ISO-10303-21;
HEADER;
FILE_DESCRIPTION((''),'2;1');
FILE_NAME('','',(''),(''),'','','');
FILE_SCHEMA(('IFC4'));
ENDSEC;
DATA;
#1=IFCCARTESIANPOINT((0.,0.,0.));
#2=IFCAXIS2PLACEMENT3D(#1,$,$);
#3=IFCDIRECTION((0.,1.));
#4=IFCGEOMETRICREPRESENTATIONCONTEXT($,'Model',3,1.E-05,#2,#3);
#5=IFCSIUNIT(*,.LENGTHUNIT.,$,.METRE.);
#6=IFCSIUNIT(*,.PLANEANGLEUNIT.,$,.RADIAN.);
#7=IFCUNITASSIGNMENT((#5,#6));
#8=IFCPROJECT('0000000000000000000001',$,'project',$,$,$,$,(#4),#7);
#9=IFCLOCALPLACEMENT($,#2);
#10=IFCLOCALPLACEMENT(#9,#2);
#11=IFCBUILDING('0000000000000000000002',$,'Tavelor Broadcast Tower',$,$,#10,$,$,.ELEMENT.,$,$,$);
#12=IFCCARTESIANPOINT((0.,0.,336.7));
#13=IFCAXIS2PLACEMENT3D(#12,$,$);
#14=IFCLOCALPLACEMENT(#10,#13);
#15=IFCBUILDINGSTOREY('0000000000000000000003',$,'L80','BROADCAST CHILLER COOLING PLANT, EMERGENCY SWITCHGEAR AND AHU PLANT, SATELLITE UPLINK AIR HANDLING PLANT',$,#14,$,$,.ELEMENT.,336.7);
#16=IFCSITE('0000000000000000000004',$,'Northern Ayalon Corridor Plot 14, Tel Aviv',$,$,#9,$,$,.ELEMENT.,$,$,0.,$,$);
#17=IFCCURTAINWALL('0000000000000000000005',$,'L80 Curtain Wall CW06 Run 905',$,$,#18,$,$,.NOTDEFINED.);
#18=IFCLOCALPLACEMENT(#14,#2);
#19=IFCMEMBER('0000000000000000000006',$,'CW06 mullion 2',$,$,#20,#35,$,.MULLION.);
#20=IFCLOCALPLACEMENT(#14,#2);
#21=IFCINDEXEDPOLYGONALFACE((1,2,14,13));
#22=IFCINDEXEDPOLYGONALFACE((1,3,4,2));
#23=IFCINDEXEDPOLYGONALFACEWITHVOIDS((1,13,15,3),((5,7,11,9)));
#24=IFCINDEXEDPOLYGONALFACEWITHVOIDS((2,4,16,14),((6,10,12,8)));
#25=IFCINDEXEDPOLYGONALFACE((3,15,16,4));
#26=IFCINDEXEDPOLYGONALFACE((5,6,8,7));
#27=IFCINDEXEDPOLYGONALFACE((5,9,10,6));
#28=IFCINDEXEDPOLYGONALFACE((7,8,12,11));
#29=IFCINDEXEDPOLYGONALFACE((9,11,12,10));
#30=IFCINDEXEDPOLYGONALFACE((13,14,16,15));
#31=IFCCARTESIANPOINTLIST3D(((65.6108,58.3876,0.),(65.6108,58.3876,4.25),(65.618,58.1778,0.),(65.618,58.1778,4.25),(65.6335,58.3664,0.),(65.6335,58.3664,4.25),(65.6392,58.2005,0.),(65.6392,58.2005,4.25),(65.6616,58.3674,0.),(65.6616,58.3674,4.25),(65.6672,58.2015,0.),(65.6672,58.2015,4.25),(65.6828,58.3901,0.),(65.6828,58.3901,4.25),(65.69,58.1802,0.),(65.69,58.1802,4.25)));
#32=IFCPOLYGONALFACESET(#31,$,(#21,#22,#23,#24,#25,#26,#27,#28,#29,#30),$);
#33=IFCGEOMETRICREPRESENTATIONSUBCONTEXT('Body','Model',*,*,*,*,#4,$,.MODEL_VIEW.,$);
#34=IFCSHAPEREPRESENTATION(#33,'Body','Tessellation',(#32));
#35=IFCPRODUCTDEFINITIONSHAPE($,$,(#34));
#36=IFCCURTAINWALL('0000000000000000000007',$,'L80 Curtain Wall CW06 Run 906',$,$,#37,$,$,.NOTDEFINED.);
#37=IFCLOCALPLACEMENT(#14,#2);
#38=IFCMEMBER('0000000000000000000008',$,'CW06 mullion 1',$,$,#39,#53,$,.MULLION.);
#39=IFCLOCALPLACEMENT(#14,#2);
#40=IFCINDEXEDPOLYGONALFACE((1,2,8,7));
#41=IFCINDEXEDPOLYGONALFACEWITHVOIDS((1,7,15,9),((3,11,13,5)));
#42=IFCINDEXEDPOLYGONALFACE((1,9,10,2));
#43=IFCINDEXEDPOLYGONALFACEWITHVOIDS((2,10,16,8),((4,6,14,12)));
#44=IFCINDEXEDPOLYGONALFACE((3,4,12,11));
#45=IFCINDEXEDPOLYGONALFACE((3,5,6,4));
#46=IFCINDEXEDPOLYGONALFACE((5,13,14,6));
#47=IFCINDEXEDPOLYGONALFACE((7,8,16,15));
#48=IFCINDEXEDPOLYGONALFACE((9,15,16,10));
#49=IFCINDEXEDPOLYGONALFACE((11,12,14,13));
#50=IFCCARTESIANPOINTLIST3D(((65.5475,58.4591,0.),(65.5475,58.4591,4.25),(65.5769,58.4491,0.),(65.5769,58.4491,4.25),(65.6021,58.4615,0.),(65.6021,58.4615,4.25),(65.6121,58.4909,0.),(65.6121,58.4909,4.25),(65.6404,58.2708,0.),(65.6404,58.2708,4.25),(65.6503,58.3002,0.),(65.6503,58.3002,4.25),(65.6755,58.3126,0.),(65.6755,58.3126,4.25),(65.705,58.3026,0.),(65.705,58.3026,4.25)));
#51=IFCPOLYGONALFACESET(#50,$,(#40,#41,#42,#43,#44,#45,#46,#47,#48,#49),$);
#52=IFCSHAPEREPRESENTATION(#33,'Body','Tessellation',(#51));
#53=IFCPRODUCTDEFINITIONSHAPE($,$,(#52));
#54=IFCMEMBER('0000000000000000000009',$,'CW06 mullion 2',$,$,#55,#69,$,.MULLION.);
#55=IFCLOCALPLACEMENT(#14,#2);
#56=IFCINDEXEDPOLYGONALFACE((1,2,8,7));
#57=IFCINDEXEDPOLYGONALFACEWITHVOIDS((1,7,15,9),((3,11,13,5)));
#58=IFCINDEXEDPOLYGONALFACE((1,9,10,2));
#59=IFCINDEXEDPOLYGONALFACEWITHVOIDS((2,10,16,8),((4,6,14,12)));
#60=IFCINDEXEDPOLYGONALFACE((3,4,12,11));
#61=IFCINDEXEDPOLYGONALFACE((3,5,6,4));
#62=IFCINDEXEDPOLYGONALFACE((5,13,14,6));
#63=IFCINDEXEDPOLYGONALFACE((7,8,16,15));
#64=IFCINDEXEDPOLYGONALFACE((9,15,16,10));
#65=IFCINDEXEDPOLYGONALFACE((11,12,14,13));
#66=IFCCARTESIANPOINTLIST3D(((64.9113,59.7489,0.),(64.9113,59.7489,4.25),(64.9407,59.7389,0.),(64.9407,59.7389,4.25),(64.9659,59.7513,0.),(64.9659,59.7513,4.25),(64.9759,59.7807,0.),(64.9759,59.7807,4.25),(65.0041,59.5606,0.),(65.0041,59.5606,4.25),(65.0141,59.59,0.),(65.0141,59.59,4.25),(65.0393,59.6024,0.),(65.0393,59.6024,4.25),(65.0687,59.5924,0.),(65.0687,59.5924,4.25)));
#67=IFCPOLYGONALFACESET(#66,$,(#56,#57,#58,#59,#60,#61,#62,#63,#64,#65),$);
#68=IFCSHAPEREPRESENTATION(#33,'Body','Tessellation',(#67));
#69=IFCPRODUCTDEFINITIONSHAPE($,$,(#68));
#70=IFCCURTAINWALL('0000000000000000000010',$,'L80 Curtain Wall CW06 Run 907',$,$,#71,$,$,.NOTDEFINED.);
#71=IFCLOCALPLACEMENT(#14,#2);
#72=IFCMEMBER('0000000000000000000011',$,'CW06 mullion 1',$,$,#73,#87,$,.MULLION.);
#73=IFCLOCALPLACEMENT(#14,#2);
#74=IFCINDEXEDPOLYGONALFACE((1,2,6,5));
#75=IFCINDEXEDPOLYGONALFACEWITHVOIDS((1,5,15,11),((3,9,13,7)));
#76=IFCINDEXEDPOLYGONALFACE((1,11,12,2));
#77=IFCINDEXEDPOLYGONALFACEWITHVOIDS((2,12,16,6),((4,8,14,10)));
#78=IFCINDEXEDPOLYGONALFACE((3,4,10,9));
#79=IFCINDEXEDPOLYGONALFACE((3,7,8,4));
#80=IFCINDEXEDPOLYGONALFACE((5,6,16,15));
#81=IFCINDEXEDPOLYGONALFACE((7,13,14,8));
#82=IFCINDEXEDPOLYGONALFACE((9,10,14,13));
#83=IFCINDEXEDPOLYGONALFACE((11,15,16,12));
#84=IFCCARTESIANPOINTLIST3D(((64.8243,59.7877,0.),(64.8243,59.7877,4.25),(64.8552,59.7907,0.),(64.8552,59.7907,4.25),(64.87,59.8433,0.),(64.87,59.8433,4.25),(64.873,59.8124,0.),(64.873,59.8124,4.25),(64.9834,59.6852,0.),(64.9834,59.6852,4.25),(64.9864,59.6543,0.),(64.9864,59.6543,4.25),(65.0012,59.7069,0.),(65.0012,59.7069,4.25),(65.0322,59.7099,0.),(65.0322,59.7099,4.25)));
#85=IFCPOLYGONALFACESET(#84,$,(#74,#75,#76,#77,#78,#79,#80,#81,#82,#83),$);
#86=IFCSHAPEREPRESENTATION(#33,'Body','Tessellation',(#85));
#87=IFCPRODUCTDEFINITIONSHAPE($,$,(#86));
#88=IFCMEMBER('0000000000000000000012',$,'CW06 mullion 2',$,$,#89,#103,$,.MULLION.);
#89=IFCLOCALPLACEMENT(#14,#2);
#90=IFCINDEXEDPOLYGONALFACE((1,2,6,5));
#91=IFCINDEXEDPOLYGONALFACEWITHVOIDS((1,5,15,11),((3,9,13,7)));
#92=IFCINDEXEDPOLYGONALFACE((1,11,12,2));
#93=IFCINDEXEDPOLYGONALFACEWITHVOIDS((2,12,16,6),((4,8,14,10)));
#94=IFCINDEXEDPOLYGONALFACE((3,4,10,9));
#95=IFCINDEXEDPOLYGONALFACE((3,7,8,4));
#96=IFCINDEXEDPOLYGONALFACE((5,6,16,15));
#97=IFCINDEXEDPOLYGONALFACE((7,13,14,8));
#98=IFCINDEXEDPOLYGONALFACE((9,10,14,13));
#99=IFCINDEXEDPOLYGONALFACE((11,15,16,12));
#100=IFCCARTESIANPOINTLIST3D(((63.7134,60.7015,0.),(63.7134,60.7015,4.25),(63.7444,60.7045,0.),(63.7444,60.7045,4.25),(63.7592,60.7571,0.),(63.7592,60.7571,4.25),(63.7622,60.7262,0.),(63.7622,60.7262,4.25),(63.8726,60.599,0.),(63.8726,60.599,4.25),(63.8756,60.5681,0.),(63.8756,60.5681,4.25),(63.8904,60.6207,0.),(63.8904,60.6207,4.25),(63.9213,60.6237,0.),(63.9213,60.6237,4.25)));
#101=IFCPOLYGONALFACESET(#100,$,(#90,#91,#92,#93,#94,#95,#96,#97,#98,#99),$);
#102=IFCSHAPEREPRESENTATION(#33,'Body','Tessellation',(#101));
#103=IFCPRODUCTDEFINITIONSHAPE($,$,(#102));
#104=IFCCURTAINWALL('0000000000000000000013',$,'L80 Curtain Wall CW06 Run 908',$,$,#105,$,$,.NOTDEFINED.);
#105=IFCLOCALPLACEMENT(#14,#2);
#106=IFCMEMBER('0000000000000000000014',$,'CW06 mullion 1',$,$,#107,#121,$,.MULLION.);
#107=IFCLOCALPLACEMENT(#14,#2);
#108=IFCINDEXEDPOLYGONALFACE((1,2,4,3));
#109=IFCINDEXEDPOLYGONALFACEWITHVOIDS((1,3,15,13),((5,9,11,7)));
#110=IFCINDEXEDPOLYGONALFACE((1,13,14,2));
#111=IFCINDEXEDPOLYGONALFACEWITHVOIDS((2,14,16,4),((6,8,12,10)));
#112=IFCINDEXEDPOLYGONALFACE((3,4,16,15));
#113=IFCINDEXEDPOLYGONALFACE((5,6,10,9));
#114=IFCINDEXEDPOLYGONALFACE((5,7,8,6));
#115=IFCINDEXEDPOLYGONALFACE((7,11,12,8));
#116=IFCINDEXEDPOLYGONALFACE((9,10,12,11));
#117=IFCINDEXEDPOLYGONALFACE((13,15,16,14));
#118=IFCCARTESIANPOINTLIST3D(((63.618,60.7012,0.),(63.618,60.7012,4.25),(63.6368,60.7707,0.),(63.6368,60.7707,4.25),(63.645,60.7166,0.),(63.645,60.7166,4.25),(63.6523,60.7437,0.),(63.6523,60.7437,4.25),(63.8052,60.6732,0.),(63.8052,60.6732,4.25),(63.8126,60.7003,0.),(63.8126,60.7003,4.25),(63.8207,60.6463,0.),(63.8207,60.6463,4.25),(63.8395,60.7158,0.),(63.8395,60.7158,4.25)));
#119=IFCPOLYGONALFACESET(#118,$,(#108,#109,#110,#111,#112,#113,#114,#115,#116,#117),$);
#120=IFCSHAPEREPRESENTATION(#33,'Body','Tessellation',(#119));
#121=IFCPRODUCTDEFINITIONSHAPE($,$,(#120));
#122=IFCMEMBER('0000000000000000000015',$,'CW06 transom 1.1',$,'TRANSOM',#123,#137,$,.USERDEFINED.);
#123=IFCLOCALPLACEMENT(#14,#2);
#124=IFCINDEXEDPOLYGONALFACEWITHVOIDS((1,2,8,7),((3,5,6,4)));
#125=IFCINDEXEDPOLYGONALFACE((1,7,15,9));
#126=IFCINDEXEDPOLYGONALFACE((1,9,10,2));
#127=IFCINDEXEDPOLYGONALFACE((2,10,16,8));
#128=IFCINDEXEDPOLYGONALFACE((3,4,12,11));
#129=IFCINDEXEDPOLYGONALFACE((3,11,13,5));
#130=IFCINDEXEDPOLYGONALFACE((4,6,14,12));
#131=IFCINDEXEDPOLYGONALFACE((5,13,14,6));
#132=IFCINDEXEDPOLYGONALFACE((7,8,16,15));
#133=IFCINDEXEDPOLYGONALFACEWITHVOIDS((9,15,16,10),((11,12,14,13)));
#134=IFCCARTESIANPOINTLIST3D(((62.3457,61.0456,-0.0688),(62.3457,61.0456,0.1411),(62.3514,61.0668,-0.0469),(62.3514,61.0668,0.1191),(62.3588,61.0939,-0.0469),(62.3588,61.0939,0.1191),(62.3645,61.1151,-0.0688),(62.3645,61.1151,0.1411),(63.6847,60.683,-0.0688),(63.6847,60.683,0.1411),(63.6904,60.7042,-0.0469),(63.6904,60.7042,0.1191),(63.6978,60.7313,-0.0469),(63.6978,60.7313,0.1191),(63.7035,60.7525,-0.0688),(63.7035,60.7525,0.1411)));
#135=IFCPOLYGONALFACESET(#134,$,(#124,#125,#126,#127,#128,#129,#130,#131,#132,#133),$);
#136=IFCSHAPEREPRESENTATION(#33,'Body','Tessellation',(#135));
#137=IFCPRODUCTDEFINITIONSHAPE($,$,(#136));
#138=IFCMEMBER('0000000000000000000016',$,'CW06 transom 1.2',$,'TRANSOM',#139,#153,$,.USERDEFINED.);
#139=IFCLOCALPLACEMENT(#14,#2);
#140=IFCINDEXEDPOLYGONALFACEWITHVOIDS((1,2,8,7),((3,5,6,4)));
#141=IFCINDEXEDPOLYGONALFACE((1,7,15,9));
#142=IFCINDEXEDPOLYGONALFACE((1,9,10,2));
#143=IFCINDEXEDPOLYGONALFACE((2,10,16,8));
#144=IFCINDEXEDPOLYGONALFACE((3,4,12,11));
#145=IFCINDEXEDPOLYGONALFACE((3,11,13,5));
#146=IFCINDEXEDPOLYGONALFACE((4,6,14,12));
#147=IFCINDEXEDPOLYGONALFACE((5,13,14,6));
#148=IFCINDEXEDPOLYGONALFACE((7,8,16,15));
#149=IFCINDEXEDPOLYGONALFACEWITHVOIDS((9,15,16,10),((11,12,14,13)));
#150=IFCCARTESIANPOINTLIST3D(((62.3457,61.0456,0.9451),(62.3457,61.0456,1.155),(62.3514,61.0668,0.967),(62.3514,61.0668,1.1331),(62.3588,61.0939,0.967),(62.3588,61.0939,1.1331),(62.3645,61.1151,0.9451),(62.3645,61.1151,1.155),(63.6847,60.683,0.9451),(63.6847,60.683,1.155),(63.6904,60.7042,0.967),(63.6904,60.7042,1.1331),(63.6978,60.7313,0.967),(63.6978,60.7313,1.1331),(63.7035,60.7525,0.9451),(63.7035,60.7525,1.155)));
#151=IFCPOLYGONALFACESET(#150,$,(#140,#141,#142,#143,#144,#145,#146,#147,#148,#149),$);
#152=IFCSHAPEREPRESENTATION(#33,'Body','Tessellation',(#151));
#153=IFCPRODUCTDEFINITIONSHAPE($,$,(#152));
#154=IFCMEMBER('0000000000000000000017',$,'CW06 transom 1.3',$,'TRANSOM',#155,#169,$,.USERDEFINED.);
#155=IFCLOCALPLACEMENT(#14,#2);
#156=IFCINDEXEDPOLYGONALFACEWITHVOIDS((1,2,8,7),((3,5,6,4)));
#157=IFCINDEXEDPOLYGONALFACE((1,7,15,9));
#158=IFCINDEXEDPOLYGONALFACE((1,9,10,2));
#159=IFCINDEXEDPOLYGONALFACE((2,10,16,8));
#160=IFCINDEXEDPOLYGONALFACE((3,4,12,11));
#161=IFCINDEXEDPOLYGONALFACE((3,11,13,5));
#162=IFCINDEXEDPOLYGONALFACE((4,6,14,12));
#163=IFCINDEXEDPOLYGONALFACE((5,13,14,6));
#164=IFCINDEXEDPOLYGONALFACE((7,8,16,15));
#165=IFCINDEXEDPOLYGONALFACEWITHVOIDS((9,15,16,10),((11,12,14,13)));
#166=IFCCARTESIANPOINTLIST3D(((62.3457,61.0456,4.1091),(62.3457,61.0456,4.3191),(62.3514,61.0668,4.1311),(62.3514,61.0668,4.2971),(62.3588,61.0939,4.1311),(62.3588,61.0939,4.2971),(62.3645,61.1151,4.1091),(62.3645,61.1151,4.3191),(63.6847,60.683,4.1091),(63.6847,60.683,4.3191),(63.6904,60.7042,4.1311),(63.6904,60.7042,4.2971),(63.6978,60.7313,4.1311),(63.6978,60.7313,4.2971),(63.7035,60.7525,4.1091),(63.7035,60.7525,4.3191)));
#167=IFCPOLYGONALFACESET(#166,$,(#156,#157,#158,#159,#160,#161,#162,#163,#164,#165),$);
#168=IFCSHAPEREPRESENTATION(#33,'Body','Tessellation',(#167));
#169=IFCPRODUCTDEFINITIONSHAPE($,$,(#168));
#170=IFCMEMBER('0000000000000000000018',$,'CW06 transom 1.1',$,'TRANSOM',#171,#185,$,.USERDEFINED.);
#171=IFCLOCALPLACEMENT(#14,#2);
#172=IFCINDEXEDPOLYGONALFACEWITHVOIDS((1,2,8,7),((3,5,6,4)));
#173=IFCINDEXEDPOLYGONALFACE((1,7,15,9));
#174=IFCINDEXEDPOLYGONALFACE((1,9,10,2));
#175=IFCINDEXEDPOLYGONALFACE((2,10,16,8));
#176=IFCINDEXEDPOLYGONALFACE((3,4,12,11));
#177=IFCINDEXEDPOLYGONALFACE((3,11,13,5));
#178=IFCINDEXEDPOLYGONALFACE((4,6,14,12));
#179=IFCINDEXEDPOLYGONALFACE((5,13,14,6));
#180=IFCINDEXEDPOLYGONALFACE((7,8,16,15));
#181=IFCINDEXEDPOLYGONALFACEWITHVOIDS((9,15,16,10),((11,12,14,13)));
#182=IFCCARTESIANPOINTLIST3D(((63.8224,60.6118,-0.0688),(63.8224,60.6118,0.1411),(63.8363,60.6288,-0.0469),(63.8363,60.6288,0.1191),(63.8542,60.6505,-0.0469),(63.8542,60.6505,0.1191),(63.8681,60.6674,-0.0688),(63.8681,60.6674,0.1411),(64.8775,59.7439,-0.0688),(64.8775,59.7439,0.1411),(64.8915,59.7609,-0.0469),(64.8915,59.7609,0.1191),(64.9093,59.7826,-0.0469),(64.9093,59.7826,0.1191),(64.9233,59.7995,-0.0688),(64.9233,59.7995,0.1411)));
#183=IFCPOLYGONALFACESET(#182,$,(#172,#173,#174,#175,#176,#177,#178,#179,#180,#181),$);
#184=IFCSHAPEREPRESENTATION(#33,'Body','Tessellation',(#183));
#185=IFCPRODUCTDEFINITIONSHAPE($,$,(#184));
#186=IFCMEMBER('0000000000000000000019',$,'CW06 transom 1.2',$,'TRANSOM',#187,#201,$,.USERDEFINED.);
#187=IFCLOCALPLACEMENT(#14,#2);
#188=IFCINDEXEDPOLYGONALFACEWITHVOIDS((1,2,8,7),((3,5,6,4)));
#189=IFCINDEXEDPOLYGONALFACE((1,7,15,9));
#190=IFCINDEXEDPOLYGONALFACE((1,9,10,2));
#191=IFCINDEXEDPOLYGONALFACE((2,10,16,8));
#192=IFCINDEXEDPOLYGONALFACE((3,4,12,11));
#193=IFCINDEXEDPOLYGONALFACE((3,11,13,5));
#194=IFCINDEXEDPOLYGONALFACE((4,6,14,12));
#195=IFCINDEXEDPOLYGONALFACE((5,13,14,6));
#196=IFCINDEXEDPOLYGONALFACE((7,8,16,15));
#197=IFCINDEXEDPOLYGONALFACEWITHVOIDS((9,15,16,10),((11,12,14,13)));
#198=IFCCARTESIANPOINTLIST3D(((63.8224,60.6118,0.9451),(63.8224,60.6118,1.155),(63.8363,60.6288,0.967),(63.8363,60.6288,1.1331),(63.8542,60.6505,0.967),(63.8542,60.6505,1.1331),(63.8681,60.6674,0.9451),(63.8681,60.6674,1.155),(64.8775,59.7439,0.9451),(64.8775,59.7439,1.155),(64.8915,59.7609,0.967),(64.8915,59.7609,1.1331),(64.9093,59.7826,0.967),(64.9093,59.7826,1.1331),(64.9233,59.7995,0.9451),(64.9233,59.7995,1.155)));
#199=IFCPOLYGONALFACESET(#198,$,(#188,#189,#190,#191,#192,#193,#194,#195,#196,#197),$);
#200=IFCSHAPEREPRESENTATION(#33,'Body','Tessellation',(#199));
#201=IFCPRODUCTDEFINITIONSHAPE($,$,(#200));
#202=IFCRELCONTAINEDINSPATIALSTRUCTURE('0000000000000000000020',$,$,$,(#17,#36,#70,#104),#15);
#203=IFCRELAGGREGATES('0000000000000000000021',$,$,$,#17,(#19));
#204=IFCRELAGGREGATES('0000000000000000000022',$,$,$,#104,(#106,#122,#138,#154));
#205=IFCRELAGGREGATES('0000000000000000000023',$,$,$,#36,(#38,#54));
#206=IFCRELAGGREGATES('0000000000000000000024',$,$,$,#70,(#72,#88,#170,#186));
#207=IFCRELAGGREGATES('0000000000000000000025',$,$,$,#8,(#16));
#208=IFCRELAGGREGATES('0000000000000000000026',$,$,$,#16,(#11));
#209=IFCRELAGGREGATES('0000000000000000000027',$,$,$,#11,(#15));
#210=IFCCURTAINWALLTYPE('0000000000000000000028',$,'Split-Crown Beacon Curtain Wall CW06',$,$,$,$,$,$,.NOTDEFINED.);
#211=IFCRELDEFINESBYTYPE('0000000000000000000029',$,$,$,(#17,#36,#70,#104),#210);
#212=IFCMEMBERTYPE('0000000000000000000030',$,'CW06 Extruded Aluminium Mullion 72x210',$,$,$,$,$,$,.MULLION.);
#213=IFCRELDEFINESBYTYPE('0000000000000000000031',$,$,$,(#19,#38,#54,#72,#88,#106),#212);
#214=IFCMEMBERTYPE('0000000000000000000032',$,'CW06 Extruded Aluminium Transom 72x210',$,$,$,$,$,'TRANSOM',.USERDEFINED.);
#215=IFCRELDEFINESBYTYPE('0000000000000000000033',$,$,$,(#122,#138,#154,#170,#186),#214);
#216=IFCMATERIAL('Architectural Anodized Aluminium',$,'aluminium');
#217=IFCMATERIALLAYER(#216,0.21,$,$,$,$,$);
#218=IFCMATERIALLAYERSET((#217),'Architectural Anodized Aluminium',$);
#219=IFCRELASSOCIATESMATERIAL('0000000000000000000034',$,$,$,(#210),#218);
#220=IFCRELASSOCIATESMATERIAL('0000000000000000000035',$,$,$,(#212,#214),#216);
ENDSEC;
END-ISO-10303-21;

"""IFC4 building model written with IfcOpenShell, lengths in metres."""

from ifc_helpers import new_model, si_unit, direction, frame, origin, origin_2d, place, context, subcontext, project, spatial, hollow_rectangle, extrude, source, transform, mapped, material, layer, layer_set, material_profile, profile_set, type_object, type_shapes, element, aggregate, save


model = new_model("IFC4")

# Units and contexts
model_context = context("Model", 3, precision=1e-05, world=origin(), true_north=direction((0.0, 1.0)))
body_context = subcontext(model_context, "Body", "Model", "MODEL_VIEW")
ifc_project = project(units=[si_unit("LENGTHUNIT", "METRE"), si_unit("PLANEANGLEUNIT", "RADIAN")], contexts=[model_context])

# Site, building, storey
site_placement = place(None, origin())
site = spatial("IfcSite", under=ifc_project, at=site_placement, Name="Northern Ayalon Corridor Plot 14, Tel Aviv", CompositionType="ELEMENT", RefElevation=0.0)
building_placement = place(site_placement, origin())
building = spatial("IfcBuilding", under=site, at=building_placement, Name="Tavelor Broadcast Tower", CompositionType="ELEMENT")
storey_placement = place(building_placement, frame((0.0, 0.0, 336.7)))
storey = spatial("IfcBuildingStorey", under=building, at=storey_placement, Name="L80", Description="BROADCAST CHILLER COOLING PLANT, EMERGENCY SWITCHGEAR AND AHU PLANT, SATELLITE UPLINK AIR HANDLING PLANT", CompositionType="ELEMENT", Elevation=336.7)

# Curtain wall, member
ifc_material_1 = material(Name="Architectural Anodized Aluminium", Category="aluminium")
ifc_layer_1 = layer(ifc_material_1, 0.21)
ifc_layer_set_1 = layer_set([ifc_layer_1], Name="Architectural Anodized Aluminium")
curtain_wall_type = type_object("IfcCurtainWallType", Name="Split-Crown Beacon Curtain Wall CW06", PredefinedType="NOTDEFINED", material=ifc_layer_set_1)
curtain_wall_1_placement = place(storey_placement, origin())
curtain_wall_1 = element("IfcCurtainWall", 1, at=curtain_wall_1_placement, inside=storey, type_object=curtain_wall_type, Name="L80 Curtain Wall CW06 Run 905", PredefinedType="NOTDEFINED")
ifc_material_profile_1 = material_profile(ifc_material_1, hollow_rectangle(XDim=0.072, YDim=0.21, WallThickness=0.022, at=origin_2d()), Name="RHS 72x210x22")
ifc_profile_set_1 = profile_set([ifc_material_profile_1], Name="Architectural Anodized Aluminium")
member_type_1 = type_object("IfcMemberType", Name="CW06 Extruded Aluminium Mullion 72x210", PredefinedType="MULLION", material=ifc_profile_set_1)
shared_shape_1 = source(origin(), body_context, "Body", "SweptSolid", [
    extrude(hollow_rectangle(XDim=0.072, YDim=0.21, WallThickness=0.022, at=origin_2d()), origin(), (0.0, 0.0, 1.0), 4.25),
])
type_shapes(member_type_1, [shared_shape_1])
member_1_placement = place(storey_placement, frame((65.6504, 58.2839, 0.0), z_axis=(0.0, 0.0, 1.0), x_axis=(-0.999421, -0.034028, 0.0)))
member_1 = element("IfcMember", 2, at=member_1_placement, type_object=member_type_1, Name="CW06 mullion 2", PredefinedType="MULLION", context=body_context, shape_type="MappedRepresentation", body=[
    mapped(shared_shape_1, transform((0.0, 0.0, 0.0), scale=1.0)),
])
aggregate(curtain_wall_1, [member_1])

# Curtain walls, members
curtain_wall_2_placement = place(storey_placement, origin())
curtain_wall_2 = element("IfcCurtainWall", 3, at=curtain_wall_2_placement, inside=storey, type_object=curtain_wall_type, Name="L80 Curtain Wall CW06 Run 906", PredefinedType="NOTDEFINED")
member_2_placement = place(storey_placement, frame((65.6262, 58.3809, 0.0), z_axis=(0.0, 0.0, 1.0), x_axis=(-0.896851, -0.442333, 0.0)))
member_2 = element("IfcMember", 4, at=member_2_placement, type_object=member_type_1, Name="CW06 mullion 1", PredefinedType="MULLION", context=body_context, shape_type="MappedRepresentation", body=[
    mapped(shared_shape_1, transform((0.0, 0.0, 0.0), scale=1.0)),
])
member_3_placement = place(storey_placement, frame((64.99, 59.6707, 0.0), z_axis=(0.0, 0.0, 1.0), x_axis=(-0.896851, -0.442333, 0.0)))
member_3 = element("IfcMember", 5, at=member_3_placement, type_object=member_type_1, Name="CW06 mullion 2", PredefinedType="MULLION", context=body_context, shape_type="MappedRepresentation", body=[
    mapped(shared_shape_1, transform((0.0, 0.0, 0.0), scale=1.0)),
])
curtain_wall_3_placement = place(storey_placement, origin())
curtain_wall_3 = element("IfcCurtainWall", 6, at=curtain_wall_3_placement, inside=storey, type_object=curtain_wall_type, Name="L80 Curtain Wall CW06 Run 907", PredefinedType="NOTDEFINED")
member_4_placement = place(storey_placement, frame((64.9282, 59.7488, 0.0), z_axis=(0.0, 0.0, 1.0), x_axis=(-0.635392, -0.77219, 0.0)))
member_4 = element("IfcMember", 7, at=member_4_placement, type_object=member_type_1, Name="CW06 mullion 1", PredefinedType="MULLION", context=body_context, shape_type="MappedRepresentation", body=[
    mapped(shared_shape_1, transform((0.0, 0.0, 0.0), scale=1.0)),
])
member_5_placement = place(storey_placement, frame((63.8174, 60.6626, 0.0), z_axis=(0.0, 0.0, 1.0), x_axis=(-0.635392, -0.77219, 0.0)))
member_5 = element("IfcMember", 8, at=member_5_placement, type_object=member_type_1, Name="CW06 mullion 2", PredefinedType="MULLION", context=body_context, shape_type="MappedRepresentation", body=[
    mapped(shared_shape_1, transform((0.0, 0.0, 0.0), scale=1.0)),
])
curtain_wall_4_placement = place(storey_placement, origin())
curtain_wall_4 = element("IfcCurtainWall", 9, at=curtain_wall_4_placement, inside=storey, type_object=curtain_wall_type, Name="L80 Curtain Wall CW06 Run 908", PredefinedType="NOTDEFINED")
member_6_placement = place(storey_placement, frame((63.7288, 60.7085, 0.0), z_axis=(0.0, 0.0, 1.0), x_axis=(-0.261376, -0.965237, 0.0)))
member_6 = element("IfcMember", 10, at=member_6_placement, type_object=member_type_1, Name="CW06 mullion 1", PredefinedType="MULLION", context=body_context, shape_type="MappedRepresentation", body=[
    mapped(shared_shape_1, transform((0.0, 0.0, 0.0), scale=1.0)),
])
ifc_material_profile_2 = material_profile(ifc_material_1, hollow_rectangle(XDim=0.072, YDim=0.21, WallThickness=0.022, at=origin_2d()), Name="RHS 72x210x22")
ifc_profile_set_2 = profile_set([ifc_material_profile_2], Name="Architectural Anodized Aluminium")
member_type_2 = type_object("IfcMemberType", Name="CW06 Extruded Aluminium Transom 72x210", ElementType="TRANSOM", PredefinedType="USERDEFINED", material=ifc_profile_set_2)
shared_shape_2 = source(origin(), body_context, "Body", "SweptSolid", [
    extrude(hollow_rectangle(XDim=0.072, YDim=0.21, WallThickness=0.022, at=origin_2d()), origin(), (0.0, 0.0, 1.0), 1.3872),
])
member_7_placement = place(storey_placement, frame((63.6941, 60.7178, 0.0361), z_axis=(-0.965237, 0.261374, 0.0), x_axis=(-0.261374, -0.965237, 0.0)))
member_7 = element("IfcMember", 11, at=member_7_placement, type_object=member_type_2, Name="CW06 transom 1.1", ObjectType="TRANSOM", PredefinedType="USERDEFINED", context=body_context, shape_type="MappedRepresentation", body=[
    mapped(shared_shape_2, transform((0.0, 0.0, 0.0), scale=1.0)),
])
member_8_placement = place(storey_placement, frame((63.6941, 60.7178, 1.05), z_axis=(-0.965237, 0.261374, 0.0), x_axis=(-0.261374, -0.965237, 0.0)))
member_8 = element("IfcMember", 12, at=member_8_placement, type_object=member_type_2, Name="CW06 transom 1.2", ObjectType="TRANSOM", PredefinedType="USERDEFINED", context=body_context, shape_type="MappedRepresentation", body=[
    mapped(shared_shape_2, transform((0.0, 0.0, 0.0), scale=1.0)),
])
member_9_placement = place(storey_placement, frame((63.6941, 60.7178, 4.2141), z_axis=(-0.965237, 0.261374, 0.0), x_axis=(-0.261374, -0.965237, 0.0)))
member_9 = element("IfcMember", 13, at=member_9_placement, type_object=member_type_2, Name="CW06 transom 1.3", ObjectType="TRANSOM", PredefinedType="USERDEFINED", context=body_context, shape_type="MappedRepresentation", body=[
    mapped(shared_shape_2, transform((0.0, 0.0, 0.0), scale=1.0)),
])

# Members
shared_shape_3 = source(origin(), body_context, "Body", "SweptSolid", [
    extrude(hollow_rectangle(XDim=0.072, YDim=0.21, WallThickness=0.022, at=origin_2d()), origin(), (0.0, 0.0, 1.0), 1.3662),
])
member_10_placement = place(storey_placement, frame((64.9004, 59.7717, 0.0361), z_axis=(-0.772307, 0.63525, 0.0), x_axis=(-0.63525, -0.772307, 0.0)))
member_10 = element("IfcMember", 14, at=member_10_placement, type_object=member_type_2, Name="CW06 transom 1.1", ObjectType="TRANSOM", PredefinedType="USERDEFINED", context=body_context, shape_type="MappedRepresentation", body=[
    mapped(shared_shape_3, transform((0.0, 0.0, 0.0), scale=1.0)),
])
member_11_placement = place(storey_placement, frame((64.9004, 59.7717, 1.05), z_axis=(-0.772307, 0.63525, 0.0), x_axis=(-0.63525, -0.772307, 0.0)))
member_11 = element("IfcMember", 15, at=member_11_placement, type_object=member_type_2, Name="CW06 transom 1.2", ObjectType="TRANSOM", PredefinedType="USERDEFINED", context=body_context, shape_type="MappedRepresentation", body=[
    mapped(shared_shape_3, transform((0.0, 0.0, 0.0), scale=1.0)),
])

aggregate(curtain_wall_4, [member_6, member_7, member_8, member_9])
aggregate(curtain_wall_2, [member_2, member_3])
aggregate(curtain_wall_3, [member_4, member_5, member_10, member_11])

save(model, "model.ifc")
